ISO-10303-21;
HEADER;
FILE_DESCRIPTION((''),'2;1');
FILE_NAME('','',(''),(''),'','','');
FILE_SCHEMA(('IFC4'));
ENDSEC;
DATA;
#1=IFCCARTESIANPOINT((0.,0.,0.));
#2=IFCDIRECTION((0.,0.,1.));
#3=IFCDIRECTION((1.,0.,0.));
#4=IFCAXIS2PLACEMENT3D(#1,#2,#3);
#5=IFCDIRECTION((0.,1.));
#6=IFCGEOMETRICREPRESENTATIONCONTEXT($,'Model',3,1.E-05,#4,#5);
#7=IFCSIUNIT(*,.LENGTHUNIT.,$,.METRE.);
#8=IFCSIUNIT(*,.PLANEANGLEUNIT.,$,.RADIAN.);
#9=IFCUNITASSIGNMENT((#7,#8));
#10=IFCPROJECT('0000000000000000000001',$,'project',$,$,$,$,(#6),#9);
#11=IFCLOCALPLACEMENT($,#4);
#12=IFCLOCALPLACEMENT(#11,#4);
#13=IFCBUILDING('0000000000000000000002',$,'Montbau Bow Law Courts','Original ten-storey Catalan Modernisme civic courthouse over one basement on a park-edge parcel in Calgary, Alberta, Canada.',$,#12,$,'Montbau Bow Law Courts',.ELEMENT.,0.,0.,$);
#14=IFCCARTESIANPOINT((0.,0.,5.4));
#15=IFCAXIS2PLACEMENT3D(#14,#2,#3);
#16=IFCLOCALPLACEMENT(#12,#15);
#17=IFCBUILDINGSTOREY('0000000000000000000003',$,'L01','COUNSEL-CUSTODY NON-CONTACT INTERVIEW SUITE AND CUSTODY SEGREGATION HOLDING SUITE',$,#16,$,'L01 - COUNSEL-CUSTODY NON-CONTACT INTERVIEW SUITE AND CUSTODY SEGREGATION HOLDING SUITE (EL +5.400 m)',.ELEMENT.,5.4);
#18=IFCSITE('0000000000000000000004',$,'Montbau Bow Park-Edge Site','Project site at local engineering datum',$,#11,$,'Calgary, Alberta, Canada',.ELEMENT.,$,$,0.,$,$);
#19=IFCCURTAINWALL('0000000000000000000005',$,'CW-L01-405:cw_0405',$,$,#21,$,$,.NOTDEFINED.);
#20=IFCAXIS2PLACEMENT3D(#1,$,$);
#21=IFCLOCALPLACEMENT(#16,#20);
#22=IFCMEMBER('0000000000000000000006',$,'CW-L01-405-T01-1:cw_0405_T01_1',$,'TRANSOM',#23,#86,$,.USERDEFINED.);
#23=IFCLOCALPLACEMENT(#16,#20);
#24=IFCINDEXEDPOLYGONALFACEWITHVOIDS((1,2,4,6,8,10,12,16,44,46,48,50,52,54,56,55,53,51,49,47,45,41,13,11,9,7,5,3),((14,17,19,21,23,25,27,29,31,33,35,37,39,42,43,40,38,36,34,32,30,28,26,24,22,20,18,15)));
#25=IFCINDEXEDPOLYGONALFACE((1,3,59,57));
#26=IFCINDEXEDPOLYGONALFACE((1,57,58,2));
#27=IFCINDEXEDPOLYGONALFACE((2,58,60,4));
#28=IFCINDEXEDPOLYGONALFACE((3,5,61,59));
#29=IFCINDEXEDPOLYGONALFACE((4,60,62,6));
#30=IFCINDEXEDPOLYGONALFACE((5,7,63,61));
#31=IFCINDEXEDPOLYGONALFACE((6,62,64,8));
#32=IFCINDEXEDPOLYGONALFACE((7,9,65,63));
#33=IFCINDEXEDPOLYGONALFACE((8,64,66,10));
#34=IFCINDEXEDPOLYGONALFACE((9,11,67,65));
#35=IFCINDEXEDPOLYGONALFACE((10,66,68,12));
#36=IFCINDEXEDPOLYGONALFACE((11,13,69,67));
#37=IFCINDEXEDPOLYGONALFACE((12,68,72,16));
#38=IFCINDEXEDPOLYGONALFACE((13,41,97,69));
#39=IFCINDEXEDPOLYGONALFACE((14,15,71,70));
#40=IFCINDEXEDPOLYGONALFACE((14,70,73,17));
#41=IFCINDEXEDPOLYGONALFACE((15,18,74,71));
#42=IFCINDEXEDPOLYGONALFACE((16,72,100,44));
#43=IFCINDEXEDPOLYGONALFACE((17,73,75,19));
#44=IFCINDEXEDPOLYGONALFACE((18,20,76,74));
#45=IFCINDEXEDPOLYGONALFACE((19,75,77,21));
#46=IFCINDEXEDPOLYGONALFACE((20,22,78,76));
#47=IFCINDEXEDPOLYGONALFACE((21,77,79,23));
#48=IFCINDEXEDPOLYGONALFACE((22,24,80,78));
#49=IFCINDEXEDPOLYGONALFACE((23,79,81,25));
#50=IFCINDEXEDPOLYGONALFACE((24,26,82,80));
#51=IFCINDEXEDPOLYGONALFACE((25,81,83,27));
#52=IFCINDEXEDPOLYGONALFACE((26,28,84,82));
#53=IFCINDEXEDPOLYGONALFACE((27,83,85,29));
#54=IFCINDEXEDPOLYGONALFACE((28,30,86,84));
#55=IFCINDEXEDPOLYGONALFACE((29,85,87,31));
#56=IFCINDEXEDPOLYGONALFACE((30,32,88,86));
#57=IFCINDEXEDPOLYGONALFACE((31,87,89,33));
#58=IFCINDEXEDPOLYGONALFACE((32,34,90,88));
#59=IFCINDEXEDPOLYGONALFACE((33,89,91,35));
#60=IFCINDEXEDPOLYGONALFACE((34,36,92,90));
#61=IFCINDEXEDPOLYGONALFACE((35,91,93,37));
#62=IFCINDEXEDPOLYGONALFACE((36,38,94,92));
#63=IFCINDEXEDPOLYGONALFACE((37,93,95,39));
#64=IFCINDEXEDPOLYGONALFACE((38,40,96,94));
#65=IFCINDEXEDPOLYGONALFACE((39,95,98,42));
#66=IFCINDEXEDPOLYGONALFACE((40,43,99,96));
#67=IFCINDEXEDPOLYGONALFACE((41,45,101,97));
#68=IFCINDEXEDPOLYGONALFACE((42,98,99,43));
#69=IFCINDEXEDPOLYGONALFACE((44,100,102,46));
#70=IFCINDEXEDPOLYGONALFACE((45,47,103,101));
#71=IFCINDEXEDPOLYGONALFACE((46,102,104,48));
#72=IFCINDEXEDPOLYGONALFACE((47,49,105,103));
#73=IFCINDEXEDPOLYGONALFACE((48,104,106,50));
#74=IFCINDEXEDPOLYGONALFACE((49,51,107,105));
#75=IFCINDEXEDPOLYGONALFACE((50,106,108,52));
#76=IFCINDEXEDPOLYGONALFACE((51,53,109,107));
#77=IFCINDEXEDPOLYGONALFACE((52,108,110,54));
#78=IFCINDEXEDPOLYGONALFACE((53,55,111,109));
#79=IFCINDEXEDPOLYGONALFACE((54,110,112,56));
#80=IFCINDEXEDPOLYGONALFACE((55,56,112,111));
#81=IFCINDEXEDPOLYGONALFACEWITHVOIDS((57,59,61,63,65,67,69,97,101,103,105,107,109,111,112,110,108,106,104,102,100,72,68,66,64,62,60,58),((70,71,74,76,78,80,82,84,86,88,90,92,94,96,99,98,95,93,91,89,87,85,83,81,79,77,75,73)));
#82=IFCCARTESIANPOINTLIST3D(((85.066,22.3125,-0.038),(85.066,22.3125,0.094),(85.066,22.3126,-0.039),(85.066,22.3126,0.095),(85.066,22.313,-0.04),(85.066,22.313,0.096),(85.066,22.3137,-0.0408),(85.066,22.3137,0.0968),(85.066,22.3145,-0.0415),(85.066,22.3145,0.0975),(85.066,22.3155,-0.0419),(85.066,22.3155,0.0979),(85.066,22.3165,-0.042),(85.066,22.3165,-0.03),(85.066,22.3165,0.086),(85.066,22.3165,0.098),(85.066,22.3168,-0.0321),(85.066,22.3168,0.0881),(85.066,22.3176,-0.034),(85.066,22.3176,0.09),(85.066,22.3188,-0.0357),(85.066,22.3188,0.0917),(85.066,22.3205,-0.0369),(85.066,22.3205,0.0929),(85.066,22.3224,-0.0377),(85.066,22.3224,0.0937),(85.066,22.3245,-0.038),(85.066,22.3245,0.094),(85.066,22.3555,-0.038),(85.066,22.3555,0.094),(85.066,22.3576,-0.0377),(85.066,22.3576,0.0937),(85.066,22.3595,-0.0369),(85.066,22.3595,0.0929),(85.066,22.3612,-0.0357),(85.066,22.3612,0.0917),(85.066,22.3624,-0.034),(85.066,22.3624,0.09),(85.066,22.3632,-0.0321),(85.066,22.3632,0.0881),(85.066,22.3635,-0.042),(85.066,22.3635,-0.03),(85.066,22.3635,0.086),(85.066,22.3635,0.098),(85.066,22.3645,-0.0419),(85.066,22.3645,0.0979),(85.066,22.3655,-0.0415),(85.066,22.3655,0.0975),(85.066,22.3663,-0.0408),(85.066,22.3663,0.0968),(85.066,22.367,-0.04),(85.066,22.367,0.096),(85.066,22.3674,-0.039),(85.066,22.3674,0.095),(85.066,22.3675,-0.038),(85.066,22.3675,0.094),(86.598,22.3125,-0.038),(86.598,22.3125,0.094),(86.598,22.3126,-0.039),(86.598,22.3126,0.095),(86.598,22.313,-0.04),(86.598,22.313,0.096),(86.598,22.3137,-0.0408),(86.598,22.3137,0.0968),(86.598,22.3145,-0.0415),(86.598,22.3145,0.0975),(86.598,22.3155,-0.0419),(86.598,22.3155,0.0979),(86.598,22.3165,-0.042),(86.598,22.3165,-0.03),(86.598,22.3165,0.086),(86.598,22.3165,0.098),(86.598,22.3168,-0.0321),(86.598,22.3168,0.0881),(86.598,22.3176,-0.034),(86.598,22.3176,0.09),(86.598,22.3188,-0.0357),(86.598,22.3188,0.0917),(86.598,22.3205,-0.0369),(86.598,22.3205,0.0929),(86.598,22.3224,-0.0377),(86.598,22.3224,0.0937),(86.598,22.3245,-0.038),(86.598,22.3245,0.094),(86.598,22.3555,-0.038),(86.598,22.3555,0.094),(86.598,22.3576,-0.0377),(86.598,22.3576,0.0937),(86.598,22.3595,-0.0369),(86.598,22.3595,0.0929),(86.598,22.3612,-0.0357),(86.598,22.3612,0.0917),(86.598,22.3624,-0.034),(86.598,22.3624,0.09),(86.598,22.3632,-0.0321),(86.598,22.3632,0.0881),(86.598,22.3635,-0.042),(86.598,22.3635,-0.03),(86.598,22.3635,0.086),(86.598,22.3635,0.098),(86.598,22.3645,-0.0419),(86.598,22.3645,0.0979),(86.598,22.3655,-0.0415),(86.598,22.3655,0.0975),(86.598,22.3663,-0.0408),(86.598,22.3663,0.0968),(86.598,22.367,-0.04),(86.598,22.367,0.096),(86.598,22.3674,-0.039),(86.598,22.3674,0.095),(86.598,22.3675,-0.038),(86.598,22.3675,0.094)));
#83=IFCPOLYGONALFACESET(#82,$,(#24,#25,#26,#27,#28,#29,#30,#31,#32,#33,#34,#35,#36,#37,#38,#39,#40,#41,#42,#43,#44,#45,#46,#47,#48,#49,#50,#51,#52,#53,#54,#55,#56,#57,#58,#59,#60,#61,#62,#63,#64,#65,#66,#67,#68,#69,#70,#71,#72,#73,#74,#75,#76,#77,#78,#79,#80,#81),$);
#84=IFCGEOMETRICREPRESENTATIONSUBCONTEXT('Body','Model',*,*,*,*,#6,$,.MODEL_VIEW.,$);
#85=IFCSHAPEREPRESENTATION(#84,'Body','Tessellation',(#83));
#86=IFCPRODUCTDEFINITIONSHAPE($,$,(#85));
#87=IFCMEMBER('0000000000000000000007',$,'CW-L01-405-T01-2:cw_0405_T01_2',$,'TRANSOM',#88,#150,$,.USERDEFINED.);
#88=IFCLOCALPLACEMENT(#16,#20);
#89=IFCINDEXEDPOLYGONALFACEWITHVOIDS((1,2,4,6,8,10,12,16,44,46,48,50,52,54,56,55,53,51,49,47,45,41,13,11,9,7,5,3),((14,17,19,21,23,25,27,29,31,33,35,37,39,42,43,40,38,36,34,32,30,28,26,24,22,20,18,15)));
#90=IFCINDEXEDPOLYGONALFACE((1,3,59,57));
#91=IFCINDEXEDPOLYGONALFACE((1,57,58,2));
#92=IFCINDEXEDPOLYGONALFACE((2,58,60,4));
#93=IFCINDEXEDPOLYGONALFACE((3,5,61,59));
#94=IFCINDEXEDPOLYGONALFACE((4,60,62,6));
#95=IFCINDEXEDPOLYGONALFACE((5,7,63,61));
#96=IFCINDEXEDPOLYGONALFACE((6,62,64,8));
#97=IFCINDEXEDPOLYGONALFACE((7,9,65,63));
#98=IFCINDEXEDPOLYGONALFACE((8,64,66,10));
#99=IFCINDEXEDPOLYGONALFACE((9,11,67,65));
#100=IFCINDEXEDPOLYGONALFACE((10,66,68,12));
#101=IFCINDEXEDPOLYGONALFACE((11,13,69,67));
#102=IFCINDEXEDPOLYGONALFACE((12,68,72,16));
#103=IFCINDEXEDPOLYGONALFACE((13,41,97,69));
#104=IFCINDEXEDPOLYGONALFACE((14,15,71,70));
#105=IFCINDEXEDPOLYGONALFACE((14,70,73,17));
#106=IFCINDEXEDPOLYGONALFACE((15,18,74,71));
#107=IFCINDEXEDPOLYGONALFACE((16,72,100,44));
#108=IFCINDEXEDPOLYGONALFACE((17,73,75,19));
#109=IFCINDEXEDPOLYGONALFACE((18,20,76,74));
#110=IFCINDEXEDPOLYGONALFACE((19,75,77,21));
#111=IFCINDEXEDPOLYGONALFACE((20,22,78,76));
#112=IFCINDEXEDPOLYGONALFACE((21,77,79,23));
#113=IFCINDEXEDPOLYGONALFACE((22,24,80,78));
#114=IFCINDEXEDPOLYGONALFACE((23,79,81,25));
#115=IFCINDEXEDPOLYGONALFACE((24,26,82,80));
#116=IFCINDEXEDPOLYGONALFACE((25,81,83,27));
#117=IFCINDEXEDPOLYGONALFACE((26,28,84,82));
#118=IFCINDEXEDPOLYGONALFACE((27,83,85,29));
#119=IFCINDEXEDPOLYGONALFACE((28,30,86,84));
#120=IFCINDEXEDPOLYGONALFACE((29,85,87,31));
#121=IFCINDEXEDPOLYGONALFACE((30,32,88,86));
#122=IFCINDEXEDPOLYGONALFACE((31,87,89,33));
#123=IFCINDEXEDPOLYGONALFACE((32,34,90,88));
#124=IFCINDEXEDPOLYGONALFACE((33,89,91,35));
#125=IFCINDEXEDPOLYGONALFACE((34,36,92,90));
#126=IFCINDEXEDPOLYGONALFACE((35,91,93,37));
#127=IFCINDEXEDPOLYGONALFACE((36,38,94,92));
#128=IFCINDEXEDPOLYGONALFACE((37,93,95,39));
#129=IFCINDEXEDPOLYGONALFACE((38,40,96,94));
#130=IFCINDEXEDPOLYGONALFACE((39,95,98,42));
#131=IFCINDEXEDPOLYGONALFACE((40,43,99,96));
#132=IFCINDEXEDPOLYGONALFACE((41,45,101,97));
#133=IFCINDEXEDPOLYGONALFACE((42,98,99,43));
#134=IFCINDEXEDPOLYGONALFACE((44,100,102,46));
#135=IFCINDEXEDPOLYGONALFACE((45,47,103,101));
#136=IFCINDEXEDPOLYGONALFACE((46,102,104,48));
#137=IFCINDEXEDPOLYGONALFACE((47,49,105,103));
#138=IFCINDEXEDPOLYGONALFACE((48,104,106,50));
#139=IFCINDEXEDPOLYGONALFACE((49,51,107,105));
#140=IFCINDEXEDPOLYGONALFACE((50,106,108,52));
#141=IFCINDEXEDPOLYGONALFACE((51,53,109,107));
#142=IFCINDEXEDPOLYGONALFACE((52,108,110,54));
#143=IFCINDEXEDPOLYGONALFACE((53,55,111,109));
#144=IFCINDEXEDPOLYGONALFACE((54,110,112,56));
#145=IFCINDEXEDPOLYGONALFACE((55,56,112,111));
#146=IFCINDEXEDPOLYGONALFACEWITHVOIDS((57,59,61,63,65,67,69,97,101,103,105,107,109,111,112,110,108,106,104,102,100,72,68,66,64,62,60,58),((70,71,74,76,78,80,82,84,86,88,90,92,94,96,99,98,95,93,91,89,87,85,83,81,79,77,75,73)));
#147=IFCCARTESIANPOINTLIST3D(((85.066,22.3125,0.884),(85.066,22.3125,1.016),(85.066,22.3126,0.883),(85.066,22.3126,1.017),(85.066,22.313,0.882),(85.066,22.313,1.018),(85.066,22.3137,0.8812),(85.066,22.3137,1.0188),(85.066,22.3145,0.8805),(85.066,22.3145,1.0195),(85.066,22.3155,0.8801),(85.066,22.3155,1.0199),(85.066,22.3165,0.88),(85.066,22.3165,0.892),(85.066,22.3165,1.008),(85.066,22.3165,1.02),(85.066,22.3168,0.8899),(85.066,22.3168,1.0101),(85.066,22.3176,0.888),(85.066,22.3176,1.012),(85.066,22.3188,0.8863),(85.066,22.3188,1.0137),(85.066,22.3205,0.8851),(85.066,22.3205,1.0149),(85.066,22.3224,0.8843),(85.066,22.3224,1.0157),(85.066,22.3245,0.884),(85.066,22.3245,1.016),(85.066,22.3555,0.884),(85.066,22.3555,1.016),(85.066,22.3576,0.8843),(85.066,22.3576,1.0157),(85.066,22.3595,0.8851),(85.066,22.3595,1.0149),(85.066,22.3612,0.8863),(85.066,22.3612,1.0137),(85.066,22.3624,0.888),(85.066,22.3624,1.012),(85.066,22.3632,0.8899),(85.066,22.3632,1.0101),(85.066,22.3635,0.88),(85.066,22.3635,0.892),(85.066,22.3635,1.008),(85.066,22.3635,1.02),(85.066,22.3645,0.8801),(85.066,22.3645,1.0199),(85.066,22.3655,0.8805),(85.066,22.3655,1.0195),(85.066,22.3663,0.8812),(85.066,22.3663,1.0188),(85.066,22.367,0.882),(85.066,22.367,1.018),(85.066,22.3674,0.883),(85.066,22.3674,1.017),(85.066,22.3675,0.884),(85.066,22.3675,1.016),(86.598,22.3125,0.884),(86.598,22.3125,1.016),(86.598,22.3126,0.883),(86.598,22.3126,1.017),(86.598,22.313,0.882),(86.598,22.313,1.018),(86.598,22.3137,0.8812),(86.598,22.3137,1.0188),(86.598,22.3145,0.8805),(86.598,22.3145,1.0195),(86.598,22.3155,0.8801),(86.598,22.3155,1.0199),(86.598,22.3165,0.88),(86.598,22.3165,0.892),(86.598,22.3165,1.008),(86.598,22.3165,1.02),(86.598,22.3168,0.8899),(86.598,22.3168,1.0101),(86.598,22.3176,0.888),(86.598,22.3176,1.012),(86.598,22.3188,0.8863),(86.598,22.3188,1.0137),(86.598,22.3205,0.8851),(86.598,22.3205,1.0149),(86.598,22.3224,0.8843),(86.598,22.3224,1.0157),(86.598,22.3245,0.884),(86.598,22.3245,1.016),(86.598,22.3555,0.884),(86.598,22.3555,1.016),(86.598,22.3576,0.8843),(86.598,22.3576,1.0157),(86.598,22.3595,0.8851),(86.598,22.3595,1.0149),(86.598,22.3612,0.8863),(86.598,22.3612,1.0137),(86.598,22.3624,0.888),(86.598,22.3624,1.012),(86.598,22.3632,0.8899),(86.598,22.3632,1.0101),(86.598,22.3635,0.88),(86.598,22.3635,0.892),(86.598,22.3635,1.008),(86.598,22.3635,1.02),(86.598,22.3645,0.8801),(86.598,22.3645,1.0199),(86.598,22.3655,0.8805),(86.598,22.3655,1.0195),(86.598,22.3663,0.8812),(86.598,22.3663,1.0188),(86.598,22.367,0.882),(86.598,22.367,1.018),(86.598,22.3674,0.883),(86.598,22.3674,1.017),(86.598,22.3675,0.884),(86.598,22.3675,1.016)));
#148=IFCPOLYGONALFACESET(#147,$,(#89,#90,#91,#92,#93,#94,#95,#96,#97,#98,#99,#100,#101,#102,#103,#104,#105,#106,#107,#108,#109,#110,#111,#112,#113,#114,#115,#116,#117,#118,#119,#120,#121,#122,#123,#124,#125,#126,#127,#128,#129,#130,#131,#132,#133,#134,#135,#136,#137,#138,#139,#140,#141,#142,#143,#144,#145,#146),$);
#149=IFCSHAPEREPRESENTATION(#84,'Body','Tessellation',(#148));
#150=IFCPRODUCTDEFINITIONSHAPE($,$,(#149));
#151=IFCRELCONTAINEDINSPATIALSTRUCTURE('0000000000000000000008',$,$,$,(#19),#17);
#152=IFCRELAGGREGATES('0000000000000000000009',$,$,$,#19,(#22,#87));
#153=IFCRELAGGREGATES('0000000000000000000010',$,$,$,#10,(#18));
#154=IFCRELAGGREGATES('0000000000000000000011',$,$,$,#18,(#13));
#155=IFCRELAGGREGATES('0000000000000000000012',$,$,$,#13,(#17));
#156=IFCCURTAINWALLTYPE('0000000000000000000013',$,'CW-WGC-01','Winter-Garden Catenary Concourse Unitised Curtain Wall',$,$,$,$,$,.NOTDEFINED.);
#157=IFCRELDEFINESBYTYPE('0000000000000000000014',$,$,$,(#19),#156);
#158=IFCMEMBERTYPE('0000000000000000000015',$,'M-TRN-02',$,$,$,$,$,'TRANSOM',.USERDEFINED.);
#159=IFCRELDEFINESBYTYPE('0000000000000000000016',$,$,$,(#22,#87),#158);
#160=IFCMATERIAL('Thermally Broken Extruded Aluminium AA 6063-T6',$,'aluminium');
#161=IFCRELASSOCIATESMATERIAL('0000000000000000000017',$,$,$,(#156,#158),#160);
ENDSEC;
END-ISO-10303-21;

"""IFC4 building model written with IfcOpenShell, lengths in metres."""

from ifc_helpers import new_model, si_unit, direction, frame, origin_with_axes, origin_2d_with_axis, place, context, subcontext, project, spatial, hollow_rectangle, extrude, material, material_profile, profile_set, type_object, element, aggregate, save


model = new_model("IFC4")

# Units and contexts
model_context = context("Model", 3, precision=1e-05, world=origin_with_axes(), true_north=direction((0.0, 1.0)))
body_context = subcontext(model_context, "Body", "Model", "MODEL_VIEW")
ifc_project = project(units=[si_unit("LENGTHUNIT", "METRE"), si_unit("PLANEANGLEUNIT", "RADIAN")], contexts=[model_context])

# Site, building, storey
site_placement = place(None, origin_with_axes())
site = spatial("IfcSite", under=ifc_project, at=site_placement, Name="Montbau Bow Park-Edge Site", Description="Project site at local engineering datum", LongName="Calgary, Alberta, Canada", CompositionType="ELEMENT", RefElevation=0.0)
building_placement = place(site_placement, origin_with_axes())
building = spatial("IfcBuilding", under=site, at=building_placement, Name="Montbau Bow Law Courts", Description="Original ten-storey Catalan Modernisme civic courthouse over one basement on a park-edge parcel in Calgary, Alberta, Canada.", LongName="Montbau Bow Law Courts", CompositionType="ELEMENT", ElevationOfRefHeight=0.0, ElevationOfTerrain=0.0)
storey_placement = place(building_placement, frame((0.0, 0.0, 5.4), z_axis=(0.0, 0.0, 1.0), x_axis=(1.0, 0.0, 0.0)))
storey = spatial("IfcBuildingStorey", under=building, at=storey_placement, Name="L01", Description="COUNSEL-CUSTODY NON-CONTACT INTERVIEW SUITE AND CUSTODY SEGREGATION HOLDING SUITE", LongName="L01 - COUNSEL-CUSTODY NON-CONTACT INTERVIEW SUITE AND CUSTODY SEGREGATION HOLDING SUITE (EL +5.400 m)", CompositionType="ELEMENT", Elevation=5.4)

# Curtain wall, members
ifc_material_1 = material(Name="Thermally Broken Extruded Aluminium AA 6063-T6", Category="aluminium")
curtain_wall_type = type_object("IfcCurtainWallType", Name="CW-WGC-01", Description="Winter-Garden Catenary Concourse Unitised Curtain Wall", PredefinedType="NOTDEFINED", material=ifc_material_1)
curtain_wall_placement = place(None, frame((84.99, 22.34, 5.4), z_axis=(0.0, 0.0, 1.0), x_axis=(1.0, 0.0, 0.0)))
curtain_wall = element("IfcCurtainWall", 1, at=curtain_wall_placement, inside=storey, type_object=curtain_wall_type, Name="CW-L01-405:cw_0405", PredefinedType="NOTDEFINED")
ifc_material_profile_1 = material_profile(ifc_material_1, hollow_rectangle(XDim=0.055, YDim=0.14, WallThickness=0.004, InnerFilletRadius=0.008, OuterFilletRadius=0.004, at=origin_2d_with_axis()), Name="CWT-140X55", Category="Main", Priority=0)
ifc_profile_set_1 = profile_set([ifc_material_profile_1], Name="Thermally Broken Extruded Aluminium AA 6063-T6")
member_type_1 = type_object("IfcMemberType", Name="M-TRN-02", ElementType="TRANSOM", PredefinedType="USERDEFINED", material=ifc_profile_set_1)
member_1_placement = place(None, frame((85.066, 22.34, 5.428), z_axis=(1.0, 0.0, 0.0), x_axis=(0.0, 1.0, 0.0)))
member_1 = element("IfcMember", 2, at=member_1_placement, type_object=member_type_1, Name="CW-L01-405-T01-1:cw_0405_T01_1", ObjectType="TRANSOM", PredefinedType="USERDEFINED", context=body_context, shape_type="SweptSolid", body=[
    extrude(hollow_rectangle(XDim=0.055, YDim=0.14, WallThickness=0.004, InnerFilletRadius=0.008, OuterFilletRadius=0.004, at=origin_2d_with_axis()), origin_with_axes(), (0.0, 0.0, 1.0), 1.532),
])
member_2_placement = place(None, frame((85.066, 22.34, 6.35), z_axis=(1.0, 0.0, 0.0), x_axis=(0.0, 1.0, 0.0)))
member_2 = element("IfcMember", 3, at=member_2_placement, type_object=member_type_1, Name="CW-L01-405-T01-2:cw_0405_T01_2", ObjectType="TRANSOM", PredefinedType="USERDEFINED", context=body_context, shape_type="SweptSolid", body=[
    extrude(hollow_rectangle(XDim=0.055, YDim=0.14, WallThickness=0.004, InnerFilletRadius=0.008, OuterFilletRadius=0.004, at=origin_2d_with_axis()), origin_with_axes(), (0.0, 0.0, 1.0), 1.532),
])
aggregate(curtain_wall, [member_1, member_2])

save(model, "model.ifc")
